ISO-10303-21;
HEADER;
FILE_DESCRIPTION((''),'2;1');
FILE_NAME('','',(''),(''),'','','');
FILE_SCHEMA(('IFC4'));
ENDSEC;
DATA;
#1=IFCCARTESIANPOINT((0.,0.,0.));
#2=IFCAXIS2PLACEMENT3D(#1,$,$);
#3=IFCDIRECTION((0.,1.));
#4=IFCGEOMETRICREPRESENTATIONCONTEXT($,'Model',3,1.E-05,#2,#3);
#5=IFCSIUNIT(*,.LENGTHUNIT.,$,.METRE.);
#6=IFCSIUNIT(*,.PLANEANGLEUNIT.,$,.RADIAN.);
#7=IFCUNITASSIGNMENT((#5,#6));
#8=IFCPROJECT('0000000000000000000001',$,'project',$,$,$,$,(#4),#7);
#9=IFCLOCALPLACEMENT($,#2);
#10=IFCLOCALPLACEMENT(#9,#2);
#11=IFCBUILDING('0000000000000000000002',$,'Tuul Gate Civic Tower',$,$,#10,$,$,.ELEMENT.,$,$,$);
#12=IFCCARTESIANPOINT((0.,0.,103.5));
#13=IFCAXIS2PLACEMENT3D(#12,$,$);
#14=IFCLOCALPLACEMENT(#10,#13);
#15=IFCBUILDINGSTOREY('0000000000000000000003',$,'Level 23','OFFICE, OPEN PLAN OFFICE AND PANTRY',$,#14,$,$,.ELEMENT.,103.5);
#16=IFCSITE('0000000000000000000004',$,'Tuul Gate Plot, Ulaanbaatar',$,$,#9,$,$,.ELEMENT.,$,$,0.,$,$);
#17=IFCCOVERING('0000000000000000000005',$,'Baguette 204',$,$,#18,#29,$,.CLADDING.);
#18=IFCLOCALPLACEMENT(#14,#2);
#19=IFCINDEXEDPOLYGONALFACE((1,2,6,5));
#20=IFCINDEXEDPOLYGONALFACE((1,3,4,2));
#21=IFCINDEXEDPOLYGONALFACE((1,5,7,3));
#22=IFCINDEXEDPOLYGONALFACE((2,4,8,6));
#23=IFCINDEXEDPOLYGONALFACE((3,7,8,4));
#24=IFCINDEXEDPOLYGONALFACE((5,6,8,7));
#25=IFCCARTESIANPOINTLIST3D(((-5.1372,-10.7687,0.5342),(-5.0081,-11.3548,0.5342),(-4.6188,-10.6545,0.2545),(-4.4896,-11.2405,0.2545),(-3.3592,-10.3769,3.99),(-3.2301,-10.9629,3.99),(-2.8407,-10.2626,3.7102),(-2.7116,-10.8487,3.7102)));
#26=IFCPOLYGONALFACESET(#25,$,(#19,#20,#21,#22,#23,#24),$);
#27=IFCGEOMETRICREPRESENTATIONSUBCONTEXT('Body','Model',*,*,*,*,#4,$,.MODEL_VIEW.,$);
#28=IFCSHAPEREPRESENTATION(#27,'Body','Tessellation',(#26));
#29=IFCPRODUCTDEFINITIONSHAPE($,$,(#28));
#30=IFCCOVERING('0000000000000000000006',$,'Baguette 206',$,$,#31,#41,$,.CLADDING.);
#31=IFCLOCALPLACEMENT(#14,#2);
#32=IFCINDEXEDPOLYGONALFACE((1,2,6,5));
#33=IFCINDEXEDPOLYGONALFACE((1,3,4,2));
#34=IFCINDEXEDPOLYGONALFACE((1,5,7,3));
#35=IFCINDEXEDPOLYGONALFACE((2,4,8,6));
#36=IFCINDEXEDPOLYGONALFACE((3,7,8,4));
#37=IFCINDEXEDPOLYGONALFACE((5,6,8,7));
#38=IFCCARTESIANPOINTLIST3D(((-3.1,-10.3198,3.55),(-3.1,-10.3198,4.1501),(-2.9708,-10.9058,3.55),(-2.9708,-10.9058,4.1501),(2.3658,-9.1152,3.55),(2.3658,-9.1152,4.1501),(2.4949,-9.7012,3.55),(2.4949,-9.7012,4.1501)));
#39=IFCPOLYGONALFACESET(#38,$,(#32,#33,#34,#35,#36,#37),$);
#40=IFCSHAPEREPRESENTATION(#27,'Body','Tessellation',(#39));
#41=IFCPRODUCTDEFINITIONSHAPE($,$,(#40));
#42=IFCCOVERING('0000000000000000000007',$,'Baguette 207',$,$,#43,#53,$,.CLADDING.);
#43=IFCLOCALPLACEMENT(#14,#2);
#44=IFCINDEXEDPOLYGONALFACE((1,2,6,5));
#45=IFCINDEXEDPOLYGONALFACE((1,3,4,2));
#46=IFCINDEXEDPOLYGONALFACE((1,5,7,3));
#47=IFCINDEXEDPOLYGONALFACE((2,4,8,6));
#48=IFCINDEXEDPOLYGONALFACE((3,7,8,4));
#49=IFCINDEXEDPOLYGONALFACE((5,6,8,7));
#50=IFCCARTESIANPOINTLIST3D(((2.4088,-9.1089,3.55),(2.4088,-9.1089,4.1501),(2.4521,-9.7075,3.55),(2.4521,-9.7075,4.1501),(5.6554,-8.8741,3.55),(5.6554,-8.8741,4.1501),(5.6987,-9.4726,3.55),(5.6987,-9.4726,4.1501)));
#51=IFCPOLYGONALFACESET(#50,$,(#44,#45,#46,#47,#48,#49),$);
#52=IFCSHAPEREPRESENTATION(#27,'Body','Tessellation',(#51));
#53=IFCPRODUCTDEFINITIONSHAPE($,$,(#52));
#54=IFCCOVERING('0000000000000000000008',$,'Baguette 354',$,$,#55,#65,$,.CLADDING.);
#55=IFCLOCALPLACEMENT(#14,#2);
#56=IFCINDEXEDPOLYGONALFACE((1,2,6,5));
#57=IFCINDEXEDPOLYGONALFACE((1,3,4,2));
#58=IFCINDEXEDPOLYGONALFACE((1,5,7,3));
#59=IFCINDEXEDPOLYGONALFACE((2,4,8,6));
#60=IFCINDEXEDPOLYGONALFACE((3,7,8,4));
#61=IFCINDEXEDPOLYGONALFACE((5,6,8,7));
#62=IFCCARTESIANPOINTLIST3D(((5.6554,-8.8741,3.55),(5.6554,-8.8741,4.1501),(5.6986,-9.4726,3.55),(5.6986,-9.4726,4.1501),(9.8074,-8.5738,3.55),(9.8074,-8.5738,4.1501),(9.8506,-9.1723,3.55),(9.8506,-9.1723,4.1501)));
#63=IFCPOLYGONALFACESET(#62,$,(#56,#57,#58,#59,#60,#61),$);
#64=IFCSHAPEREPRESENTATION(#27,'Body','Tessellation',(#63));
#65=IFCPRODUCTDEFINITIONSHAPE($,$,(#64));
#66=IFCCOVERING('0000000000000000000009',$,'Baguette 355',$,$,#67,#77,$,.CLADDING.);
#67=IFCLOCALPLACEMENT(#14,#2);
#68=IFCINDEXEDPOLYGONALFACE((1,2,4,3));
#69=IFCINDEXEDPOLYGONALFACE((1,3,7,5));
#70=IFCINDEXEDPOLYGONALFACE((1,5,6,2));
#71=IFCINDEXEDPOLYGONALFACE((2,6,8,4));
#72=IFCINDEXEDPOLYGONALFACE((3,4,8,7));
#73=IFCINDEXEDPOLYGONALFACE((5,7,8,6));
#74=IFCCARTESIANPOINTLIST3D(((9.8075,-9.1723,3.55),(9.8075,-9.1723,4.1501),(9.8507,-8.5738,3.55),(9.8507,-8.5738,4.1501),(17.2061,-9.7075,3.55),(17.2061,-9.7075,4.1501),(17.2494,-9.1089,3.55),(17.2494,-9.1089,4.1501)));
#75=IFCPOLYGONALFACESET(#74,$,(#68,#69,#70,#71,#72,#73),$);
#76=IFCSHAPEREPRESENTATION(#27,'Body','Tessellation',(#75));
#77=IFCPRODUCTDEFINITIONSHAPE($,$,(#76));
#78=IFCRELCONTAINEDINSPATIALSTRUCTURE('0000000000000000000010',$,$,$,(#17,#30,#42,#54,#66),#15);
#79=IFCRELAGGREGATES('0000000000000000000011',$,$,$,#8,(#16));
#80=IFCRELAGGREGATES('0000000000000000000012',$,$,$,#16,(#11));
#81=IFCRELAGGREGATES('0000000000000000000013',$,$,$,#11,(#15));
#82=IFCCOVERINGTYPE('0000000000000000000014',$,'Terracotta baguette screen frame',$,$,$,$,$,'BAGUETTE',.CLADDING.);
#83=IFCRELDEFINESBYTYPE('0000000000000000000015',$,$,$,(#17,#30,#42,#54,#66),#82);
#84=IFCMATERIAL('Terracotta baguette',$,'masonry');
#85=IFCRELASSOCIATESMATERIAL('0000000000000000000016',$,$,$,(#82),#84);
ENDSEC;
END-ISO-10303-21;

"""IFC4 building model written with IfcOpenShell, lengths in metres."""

from ifc_helpers import new_model, si_unit, direction, frame, origin, origin_2d, place, context, subcontext, project, spatial, rectangle, extrude, material, material_profile, profile_set, type_object, element, save


model = new_model("IFC4")

# Units and contexts
model_context = context("Model", 3, precision=1e-05, world=origin(), true_north=direction((0.0, 1.0)))
body_context = subcontext(model_context, "Body", "Model", "MODEL_VIEW")
ifc_project = project(units=[si_unit("LENGTHUNIT", "METRE"), si_unit("PLANEANGLEUNIT", "RADIAN")], contexts=[model_context])

# Site, building, storey
site_placement = place(None, origin())
site = spatial("IfcSite", under=ifc_project, at=site_placement, Name="Tuul Gate Plot, Ulaanbaatar", CompositionType="ELEMENT", RefElevation=0.0)
building_placement = place(site_placement, origin())
building = spatial("IfcBuilding", under=site, at=building_placement, Name="Tuul Gate Civic Tower", CompositionType="ELEMENT")
storey_placement = place(building_placement, frame((0.0, 0.0, 103.5)))
storey = spatial("IfcBuildingStorey", under=building, at=storey_placement, Name="Level 23", Description="OFFICE, OPEN PLAN OFFICE AND PANTRY", CompositionType="ELEMENT", Elevation=103.5)

# Coverings
ifc_material_1 = material(Name="Terracotta baguette", Category="masonry")
ifc_material_profile_1 = material_profile(ifc_material_1, rectangle(XDim=0.6001, YDim=0.6001, at=origin_2d()), Name="Terracotta baguette screen frame")
ifc_profile_set_1 = profile_set([ifc_material_profile_1], Name="Terracotta baguette")
covering_type = type_object("IfcCoveringType", Name="Terracotta baguette screen frame", ElementType="BAGUETTE", PredefinedType="CLADDING", material=ifc_profile_set_1)
covering_1_placement = place(storey_placement, frame((-3.0354, -10.6128, 3.8501), z_axis=(-0.455203, -0.100316, -0.884718), x_axis=(0.215212, -0.976567, 0.0)))
element("IfcCovering", 1, at=covering_1_placement, inside=storey, type_object=covering_type, Name="Baguette 204", PredefinedType="CLADDING", context=body_context, shape_type="SweptSolid", body=[
    extrude(rectangle(XDim=0.6001, YDim=0.6001, at=origin_2d()), origin(), (0.0, 0.0, 1.0), 3.906),
])
covering_2_placement = place(storey_placement, frame((-3.0354, -10.6128, 3.8501), z_axis=(0.976565, 0.215221, 0.0), x_axis=(-0.215221, 0.976565, 0.0)))
element("IfcCovering", 2, at=covering_2_placement, inside=storey, type_object=covering_type, Name="Baguette 206", PredefinedType="CLADDING", context=body_context, shape_type="SweptSolid", body=[
    extrude(rectangle(XDim=0.6001, YDim=0.6001, at=origin_2d()), origin(), (0.0, 0.0, 1.0), 5.5969),
])
covering_3_placement = place(storey_placement, frame((2.4304, -9.4082, 3.8501), z_axis=(0.997394, 0.072153, 0.0), x_axis=(-0.072153, 0.997394, 0.0)))
element("IfcCovering", 3, at=covering_3_placement, inside=storey, type_object=covering_type, Name="Baguette 207", PredefinedType="CLADDING", context=body_context, shape_type="SweptSolid", body=[
    extrude(rectangle(XDim=0.6001, YDim=0.6001, at=origin_2d()), origin(), (0.0, 0.0, 1.0), 3.2551),
])
covering_4_placement = place(storey_placement, frame((5.677, -9.1733, 3.8501), z_axis=(0.997395, 0.072135, 0.0), x_axis=(-0.072135, 0.997395, 0.0)))
element("IfcCovering", 4, at=covering_4_placement, inside=storey, type_object=covering_type, Name="Baguette 354", PredefinedType="CLADDING", context=body_context, shape_type="SweptSolid", body=[
    extrude(rectangle(XDim=0.6001, YDim=0.6001, at=origin_2d()), origin(), (0.0, 0.0, 1.0), 4.1628),
])
covering_5_placement = place(storey_placement, frame((9.8291, -8.873, 3.8501), z_axis=(0.997394, -0.072143, 0.0), x_axis=(0.072143, 0.997394, 0.0)))
element("IfcCovering", 5, at=covering_5_placement, inside=storey, type_object=covering_type, Name="Baguette 355", PredefinedType="CLADDING", context=body_context, shape_type="SweptSolid", body=[
    extrude(rectangle(XDim=0.6001, YDim=0.6001, at=origin_2d()), origin(), (0.0, 0.0, 1.0), 7.418),
])

save(model, "model.ifc")
